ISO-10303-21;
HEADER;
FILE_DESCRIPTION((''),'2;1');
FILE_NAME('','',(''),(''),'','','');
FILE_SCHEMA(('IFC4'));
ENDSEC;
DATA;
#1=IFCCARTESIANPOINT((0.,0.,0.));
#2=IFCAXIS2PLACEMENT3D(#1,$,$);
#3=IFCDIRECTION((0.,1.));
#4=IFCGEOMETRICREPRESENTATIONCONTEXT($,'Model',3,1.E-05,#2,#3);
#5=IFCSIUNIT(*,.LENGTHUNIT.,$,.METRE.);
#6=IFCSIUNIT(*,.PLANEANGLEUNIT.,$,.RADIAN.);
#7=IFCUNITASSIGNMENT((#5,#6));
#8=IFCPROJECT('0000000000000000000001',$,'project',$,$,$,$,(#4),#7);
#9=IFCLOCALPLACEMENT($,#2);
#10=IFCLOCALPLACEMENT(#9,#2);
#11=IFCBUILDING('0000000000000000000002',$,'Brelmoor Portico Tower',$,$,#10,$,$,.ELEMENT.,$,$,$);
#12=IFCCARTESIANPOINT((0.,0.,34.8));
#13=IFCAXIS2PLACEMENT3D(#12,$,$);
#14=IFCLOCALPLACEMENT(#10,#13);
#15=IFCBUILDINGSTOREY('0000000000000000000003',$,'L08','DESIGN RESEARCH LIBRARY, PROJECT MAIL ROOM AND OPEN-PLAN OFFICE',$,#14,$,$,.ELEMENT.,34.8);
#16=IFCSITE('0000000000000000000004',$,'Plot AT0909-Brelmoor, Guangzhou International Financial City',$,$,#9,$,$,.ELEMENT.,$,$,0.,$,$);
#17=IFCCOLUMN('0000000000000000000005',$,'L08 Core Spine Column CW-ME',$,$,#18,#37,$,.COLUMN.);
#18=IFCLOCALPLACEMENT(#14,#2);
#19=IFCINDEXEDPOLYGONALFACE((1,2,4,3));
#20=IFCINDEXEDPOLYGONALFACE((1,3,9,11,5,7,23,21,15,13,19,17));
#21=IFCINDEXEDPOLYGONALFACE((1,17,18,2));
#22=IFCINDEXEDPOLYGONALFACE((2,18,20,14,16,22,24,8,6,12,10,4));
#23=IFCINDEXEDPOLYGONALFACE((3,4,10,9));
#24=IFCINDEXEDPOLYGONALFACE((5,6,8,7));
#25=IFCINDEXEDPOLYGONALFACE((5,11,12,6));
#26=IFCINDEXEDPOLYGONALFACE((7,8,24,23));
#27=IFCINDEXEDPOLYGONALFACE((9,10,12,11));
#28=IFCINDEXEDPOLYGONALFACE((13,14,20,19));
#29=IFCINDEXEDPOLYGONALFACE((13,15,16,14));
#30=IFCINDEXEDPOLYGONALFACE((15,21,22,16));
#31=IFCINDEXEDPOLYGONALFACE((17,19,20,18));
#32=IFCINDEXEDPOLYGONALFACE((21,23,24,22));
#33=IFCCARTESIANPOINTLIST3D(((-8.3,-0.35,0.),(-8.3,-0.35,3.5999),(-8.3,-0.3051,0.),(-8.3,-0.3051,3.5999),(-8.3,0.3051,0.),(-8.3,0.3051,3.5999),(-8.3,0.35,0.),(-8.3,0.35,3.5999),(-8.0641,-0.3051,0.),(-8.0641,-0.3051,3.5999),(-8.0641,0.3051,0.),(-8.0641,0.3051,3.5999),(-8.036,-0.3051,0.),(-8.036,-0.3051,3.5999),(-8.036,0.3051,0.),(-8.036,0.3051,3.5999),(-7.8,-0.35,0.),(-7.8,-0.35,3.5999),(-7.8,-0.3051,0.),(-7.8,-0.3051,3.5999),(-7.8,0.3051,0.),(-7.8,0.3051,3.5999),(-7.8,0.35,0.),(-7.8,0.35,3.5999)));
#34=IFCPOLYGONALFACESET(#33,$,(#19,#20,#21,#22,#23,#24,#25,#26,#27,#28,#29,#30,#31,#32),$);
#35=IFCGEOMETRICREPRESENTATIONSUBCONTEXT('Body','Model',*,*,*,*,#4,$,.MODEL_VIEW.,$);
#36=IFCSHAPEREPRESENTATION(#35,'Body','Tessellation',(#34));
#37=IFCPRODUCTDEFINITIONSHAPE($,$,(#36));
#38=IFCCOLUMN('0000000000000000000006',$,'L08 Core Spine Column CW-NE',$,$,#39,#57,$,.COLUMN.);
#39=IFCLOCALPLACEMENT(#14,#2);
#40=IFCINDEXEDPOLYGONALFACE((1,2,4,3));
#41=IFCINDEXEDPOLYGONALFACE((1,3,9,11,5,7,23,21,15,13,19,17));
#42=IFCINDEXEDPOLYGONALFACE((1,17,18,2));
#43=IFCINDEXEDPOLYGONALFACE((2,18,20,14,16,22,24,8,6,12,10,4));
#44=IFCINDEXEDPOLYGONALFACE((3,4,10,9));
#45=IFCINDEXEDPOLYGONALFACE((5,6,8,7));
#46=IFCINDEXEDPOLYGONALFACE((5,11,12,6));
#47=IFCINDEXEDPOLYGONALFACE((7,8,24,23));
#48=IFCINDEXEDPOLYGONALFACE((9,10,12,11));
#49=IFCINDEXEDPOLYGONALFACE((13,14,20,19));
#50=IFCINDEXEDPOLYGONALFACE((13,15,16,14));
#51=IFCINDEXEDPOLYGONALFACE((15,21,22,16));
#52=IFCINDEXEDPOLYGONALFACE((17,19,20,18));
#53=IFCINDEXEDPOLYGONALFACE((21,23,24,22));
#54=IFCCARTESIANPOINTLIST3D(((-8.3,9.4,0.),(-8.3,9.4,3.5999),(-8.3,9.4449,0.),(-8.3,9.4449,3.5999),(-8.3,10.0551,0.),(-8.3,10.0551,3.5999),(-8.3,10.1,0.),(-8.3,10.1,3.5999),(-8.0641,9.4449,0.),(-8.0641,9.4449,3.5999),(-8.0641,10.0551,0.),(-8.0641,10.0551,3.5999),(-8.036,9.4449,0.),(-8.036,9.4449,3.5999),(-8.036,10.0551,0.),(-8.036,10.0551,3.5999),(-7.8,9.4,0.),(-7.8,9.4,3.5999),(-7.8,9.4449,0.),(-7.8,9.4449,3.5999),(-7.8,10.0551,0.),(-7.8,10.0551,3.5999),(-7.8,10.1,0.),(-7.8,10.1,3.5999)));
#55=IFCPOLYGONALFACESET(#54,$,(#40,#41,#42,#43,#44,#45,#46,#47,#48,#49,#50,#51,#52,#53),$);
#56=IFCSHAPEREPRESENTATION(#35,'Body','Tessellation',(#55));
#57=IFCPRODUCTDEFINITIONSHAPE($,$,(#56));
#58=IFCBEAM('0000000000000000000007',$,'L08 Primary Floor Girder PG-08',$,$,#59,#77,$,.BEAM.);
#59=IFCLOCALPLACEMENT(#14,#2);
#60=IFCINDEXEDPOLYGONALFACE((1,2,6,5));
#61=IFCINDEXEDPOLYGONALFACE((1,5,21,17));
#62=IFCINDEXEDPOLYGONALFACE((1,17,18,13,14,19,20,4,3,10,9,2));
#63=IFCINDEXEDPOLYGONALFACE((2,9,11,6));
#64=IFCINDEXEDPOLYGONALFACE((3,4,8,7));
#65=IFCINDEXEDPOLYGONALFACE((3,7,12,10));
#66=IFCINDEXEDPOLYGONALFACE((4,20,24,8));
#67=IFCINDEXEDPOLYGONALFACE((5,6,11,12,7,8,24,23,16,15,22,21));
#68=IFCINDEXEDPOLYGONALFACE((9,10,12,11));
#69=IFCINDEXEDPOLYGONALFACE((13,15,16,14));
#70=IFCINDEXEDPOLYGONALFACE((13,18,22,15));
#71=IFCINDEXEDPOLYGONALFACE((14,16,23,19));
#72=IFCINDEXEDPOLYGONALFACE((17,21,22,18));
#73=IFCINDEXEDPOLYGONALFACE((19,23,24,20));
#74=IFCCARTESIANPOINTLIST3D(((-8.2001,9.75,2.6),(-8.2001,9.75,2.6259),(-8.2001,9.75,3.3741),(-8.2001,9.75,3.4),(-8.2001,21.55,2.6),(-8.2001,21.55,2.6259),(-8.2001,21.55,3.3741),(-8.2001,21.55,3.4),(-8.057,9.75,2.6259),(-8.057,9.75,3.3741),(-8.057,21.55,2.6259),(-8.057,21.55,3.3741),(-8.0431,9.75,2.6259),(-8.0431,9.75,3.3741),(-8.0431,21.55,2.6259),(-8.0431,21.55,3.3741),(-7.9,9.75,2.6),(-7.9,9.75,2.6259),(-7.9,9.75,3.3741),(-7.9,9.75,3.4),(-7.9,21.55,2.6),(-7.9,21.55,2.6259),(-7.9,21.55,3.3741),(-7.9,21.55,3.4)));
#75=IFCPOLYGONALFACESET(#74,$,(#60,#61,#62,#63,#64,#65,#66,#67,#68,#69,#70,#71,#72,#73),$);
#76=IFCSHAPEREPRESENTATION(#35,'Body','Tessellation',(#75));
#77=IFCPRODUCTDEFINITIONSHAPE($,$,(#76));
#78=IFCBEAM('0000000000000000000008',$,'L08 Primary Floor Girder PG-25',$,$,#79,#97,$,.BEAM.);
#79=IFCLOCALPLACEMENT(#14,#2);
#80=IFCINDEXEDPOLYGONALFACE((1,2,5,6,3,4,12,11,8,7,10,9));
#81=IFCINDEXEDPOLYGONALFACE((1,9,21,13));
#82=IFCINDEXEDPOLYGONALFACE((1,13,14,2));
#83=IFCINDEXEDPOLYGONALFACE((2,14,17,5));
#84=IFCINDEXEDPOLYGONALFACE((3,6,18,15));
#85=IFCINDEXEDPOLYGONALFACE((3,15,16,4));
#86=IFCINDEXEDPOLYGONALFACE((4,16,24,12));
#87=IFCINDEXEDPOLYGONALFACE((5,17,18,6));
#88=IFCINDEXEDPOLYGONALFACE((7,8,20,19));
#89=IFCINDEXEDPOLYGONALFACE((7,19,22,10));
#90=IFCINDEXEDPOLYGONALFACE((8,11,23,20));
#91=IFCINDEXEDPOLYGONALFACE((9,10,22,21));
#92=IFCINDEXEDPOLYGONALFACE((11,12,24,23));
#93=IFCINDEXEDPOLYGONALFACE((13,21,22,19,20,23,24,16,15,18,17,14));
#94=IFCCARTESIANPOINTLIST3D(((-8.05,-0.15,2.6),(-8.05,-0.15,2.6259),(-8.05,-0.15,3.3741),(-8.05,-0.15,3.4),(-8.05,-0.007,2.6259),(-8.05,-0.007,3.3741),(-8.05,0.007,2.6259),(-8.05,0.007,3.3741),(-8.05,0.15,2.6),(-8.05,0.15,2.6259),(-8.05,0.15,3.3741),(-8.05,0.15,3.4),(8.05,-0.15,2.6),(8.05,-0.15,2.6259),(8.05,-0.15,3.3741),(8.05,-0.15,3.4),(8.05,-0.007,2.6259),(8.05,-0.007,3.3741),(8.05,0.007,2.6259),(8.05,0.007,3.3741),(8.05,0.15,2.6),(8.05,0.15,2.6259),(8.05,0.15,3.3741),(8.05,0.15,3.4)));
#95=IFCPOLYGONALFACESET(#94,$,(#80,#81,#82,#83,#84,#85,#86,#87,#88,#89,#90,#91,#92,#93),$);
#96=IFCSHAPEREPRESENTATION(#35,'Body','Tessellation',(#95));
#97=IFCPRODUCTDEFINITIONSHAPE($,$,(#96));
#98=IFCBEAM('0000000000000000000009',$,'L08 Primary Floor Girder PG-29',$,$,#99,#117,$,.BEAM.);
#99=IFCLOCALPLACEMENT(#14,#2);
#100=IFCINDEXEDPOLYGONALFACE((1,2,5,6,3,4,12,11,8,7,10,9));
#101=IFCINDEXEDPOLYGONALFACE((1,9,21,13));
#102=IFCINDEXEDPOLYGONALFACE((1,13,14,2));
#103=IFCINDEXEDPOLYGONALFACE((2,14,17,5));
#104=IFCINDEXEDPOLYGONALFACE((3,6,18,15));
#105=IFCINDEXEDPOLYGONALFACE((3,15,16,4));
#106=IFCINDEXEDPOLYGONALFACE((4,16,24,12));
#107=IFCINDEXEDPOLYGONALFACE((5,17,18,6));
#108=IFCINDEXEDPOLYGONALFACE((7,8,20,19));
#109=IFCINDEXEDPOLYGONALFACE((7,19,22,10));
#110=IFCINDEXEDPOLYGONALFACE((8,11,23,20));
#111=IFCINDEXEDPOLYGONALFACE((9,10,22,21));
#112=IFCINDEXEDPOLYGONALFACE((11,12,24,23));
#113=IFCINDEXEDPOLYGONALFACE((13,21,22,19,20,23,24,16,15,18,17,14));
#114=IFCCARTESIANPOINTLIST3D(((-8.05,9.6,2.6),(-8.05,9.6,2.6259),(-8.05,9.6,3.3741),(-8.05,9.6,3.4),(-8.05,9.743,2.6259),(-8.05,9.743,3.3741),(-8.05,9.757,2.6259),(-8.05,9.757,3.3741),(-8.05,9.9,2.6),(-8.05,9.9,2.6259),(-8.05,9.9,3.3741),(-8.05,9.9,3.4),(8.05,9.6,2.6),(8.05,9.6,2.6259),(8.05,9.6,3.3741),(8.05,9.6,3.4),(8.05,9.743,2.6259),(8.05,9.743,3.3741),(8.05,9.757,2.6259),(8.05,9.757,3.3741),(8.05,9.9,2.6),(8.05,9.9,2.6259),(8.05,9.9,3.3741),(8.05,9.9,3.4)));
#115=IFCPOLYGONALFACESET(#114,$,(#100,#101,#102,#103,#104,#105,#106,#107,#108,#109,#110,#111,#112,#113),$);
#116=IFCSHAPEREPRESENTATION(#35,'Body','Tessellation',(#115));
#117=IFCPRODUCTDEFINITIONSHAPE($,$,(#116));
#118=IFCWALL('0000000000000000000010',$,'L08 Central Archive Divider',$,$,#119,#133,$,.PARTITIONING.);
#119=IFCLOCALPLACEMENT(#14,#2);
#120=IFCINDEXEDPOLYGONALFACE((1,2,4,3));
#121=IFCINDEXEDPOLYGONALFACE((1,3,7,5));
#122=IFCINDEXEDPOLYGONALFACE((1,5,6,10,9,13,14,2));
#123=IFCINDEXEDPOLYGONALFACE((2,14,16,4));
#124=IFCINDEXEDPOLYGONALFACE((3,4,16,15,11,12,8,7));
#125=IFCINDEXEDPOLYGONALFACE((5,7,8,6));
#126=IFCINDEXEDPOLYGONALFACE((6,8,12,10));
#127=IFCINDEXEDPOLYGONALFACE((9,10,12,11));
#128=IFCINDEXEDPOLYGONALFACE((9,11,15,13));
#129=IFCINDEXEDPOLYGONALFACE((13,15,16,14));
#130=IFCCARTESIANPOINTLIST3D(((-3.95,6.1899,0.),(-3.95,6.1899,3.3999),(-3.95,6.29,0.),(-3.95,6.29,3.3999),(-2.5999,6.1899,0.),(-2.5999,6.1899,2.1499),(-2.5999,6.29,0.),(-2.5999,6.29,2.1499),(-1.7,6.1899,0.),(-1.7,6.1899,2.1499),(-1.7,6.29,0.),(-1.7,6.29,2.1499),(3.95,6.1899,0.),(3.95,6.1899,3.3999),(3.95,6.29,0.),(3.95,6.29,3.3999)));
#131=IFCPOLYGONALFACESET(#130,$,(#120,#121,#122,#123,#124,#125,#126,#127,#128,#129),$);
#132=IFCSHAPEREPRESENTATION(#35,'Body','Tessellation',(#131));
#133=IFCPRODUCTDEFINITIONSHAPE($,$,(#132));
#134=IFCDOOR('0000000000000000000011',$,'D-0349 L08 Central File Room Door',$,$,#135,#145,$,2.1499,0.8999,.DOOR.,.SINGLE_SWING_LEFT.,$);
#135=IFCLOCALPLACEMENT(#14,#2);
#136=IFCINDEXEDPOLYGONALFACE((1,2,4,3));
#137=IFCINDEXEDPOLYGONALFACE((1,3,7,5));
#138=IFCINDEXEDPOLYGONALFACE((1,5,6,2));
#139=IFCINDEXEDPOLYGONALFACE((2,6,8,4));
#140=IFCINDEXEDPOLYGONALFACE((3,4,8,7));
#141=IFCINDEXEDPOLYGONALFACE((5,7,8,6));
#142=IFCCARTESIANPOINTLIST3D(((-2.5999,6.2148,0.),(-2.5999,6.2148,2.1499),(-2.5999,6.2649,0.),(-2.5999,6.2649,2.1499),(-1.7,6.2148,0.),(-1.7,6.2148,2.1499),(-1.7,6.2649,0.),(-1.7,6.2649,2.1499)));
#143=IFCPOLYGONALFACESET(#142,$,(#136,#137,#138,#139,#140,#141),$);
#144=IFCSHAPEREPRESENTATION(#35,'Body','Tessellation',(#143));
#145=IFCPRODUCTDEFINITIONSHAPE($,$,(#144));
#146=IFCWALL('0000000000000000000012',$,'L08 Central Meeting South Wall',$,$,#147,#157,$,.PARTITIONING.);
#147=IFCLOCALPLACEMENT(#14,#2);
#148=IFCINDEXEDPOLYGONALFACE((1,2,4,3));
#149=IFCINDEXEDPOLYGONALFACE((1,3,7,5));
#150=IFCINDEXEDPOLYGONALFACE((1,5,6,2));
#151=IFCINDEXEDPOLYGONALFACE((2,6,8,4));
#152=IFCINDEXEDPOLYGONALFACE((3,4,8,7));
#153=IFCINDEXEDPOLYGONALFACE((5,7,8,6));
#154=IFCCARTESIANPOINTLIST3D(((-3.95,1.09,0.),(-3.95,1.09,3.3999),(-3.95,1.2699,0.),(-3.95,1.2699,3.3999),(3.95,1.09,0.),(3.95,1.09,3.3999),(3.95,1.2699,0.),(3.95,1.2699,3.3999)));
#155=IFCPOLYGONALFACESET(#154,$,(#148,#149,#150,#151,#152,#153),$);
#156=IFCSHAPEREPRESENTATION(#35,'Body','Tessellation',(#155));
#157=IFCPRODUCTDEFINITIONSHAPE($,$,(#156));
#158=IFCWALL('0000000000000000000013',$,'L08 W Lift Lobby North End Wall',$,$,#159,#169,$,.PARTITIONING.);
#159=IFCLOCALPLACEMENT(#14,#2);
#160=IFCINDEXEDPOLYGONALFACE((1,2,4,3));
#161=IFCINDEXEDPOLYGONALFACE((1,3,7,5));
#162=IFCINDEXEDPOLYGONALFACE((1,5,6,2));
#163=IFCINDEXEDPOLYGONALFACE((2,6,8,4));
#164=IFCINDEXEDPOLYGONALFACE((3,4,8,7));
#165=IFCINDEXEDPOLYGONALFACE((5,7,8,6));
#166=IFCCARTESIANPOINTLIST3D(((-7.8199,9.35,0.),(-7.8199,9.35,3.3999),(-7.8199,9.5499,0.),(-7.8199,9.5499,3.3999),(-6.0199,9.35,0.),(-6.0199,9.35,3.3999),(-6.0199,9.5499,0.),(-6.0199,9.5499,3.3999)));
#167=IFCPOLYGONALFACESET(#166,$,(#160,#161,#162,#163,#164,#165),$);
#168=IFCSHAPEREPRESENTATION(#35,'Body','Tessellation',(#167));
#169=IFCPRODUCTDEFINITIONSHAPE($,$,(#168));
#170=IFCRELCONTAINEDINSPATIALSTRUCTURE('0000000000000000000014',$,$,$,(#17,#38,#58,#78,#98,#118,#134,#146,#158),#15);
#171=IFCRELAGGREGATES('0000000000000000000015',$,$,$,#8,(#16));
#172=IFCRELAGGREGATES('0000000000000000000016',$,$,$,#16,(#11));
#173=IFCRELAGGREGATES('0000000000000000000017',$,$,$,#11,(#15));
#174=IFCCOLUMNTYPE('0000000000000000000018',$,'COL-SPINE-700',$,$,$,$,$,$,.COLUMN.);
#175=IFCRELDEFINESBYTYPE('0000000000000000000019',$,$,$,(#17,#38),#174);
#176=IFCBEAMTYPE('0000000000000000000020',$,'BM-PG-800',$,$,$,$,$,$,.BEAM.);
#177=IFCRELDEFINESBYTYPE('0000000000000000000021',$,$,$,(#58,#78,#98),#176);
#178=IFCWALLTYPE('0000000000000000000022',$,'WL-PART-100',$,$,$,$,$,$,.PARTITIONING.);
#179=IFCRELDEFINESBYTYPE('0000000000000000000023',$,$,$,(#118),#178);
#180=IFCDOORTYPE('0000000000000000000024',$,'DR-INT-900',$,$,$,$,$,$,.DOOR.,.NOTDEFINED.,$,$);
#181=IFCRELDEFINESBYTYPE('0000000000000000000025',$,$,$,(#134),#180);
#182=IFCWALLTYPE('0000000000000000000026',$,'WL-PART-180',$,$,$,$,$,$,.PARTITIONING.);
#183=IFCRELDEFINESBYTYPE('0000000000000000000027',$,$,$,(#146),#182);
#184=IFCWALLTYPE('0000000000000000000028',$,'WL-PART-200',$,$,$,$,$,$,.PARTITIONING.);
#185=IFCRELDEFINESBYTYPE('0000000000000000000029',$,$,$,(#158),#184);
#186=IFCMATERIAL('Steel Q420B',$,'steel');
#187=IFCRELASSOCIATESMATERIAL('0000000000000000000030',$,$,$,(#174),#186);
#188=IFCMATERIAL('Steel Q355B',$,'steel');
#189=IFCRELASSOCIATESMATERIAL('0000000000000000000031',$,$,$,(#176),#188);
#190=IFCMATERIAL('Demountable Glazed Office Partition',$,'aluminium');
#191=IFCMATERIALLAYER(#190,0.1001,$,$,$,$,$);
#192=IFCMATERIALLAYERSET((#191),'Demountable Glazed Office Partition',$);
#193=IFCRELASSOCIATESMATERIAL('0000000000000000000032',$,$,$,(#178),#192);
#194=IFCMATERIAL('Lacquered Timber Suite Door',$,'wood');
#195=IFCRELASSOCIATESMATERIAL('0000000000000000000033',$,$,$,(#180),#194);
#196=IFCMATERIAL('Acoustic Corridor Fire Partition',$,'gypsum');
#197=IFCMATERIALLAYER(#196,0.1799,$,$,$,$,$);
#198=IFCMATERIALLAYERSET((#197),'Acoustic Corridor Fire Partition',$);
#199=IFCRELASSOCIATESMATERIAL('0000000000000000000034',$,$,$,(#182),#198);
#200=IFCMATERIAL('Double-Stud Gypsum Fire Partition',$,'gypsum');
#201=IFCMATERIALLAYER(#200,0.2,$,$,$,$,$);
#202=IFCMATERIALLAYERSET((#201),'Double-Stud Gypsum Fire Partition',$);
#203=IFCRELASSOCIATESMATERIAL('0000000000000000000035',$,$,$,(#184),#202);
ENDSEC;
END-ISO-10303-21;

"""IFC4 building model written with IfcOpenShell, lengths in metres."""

from ifc_helpers import new_model, si_unit, direction, frame, frame_2d, origin, origin_2d, place, context, subcontext, project, spatial, rectangle, i_section, extrude, material, layer, layer_set, material_profile, profile_set, type_object, element, fill, save


model = new_model("IFC4")

# Units and contexts
model_context = context("Model", 3, precision=1e-05, world=origin(), true_north=direction((0.0, 1.0)))
body_context = subcontext(model_context, "Body", "Model", "MODEL_VIEW")
ifc_project = project(units=[si_unit("LENGTHUNIT", "METRE"), si_unit("PLANEANGLEUNIT", "RADIAN")], contexts=[model_context])

# Site, building, storey
site_placement = place(None, origin())
site = spatial("IfcSite", under=ifc_project, at=site_placement, Name="Plot AT0909-Brelmoor, Guangzhou International Financial City", CompositionType="ELEMENT", RefElevation=0.0)
building_placement = place(site_placement, origin())
building = spatial("IfcBuilding", under=site, at=building_placement, Name="Brelmoor Portico Tower", CompositionType="ELEMENT")
storey_placement = place(building_placement, frame((0.0, 0.0, 34.8)))
storey = spatial("IfcBuildingStorey", under=building, at=storey_placement, Name="L08", Description="DESIGN RESEARCH LIBRARY, PROJECT MAIL ROOM AND OPEN-PLAN OFFICE", CompositionType="ELEMENT", Elevation=34.8)

# Columns
ifc_material_1 = material(Name="Steel Q420B", Category="steel")
ifc_material_profile_1 = material_profile(ifc_material_1, i_section(OverallWidth=0.5, OverallDepth=0.7, WebThickness=0.0281, FlangeThickness=0.0449, at=origin_2d()), Name="HW 700x500x28x45")
ifc_profile_set_1 = profile_set([ifc_material_profile_1], Name="Steel Q420B")
column_type = type_object("IfcColumnType", Name="COL-SPINE-700", PredefinedType="COLUMN", material=ifc_profile_set_1)
for number, where, z_axis, x_axis, name in (
    (1, (-8.05, 0.0, 0.0), (0.0, 0.0, 1.0), (1.0, 0.0, 0.0), "L08 Core Spine Column CW-ME"),
    (2, (-8.05, 9.75, 0.0), (0.0, 0.0, 1.0), (1.0, 0.0, 0.0), "L08 Core Spine Column CW-NE"),
):
    element("IfcColumn", number, at=place(storey_placement, frame(where, z_axis=z_axis, x_axis=x_axis)), inside=storey, type_object=column_type, Name=name, PredefinedType="COLUMN", context=body_context, shape_type="SweptSolid", body=[
        extrude(i_section(OverallWidth=0.5, OverallDepth=0.7, WebThickness=0.0281, FlangeThickness=0.0449, at=origin_2d()), origin(), (0.0, 0.0, 1.0), 3.5999),
    ])

# Beams
ifc_material_2 = material(Name="Steel Q355B", Category="steel")
ifc_material_profile_2 = material_profile(ifc_material_2, i_section(OverallWidth=0.3, OverallDepth=0.8, WebThickness=0.0139, FlangeThickness=0.0259, at=origin_2d()), Name="HN 800x300x14x26")
ifc_profile_set_2 = profile_set([ifc_material_profile_2], Name="Steel Q355B")
beam_type = type_object("IfcBeamType", Name="BM-PG-800", PredefinedType="BEAM", material=ifc_profile_set_2)
beam_placement = place(storey_placement, frame((-8.05, 9.75, 3.0), z_axis=(0.0, 1.0, 0.0), x_axis=(-1.0, 0.0, 0.0)))
element("IfcBeam", 3, at=beam_placement, inside=storey, type_object=beam_type, Name="L08 Primary Floor Girder PG-08", PredefinedType="BEAM", context=body_context, shape_type="SweptSolid", body=[
    extrude(i_section(OverallWidth=0.3, OverallDepth=0.8, WebThickness=0.0139, FlangeThickness=0.0259, at=origin_2d()), origin(), (0.0, 0.0, 1.0), 11.8),
])
for number, where, z_axis, x_axis, name in (
    (4, (-8.05, 0.0, 3.0), (1.0, 0.0, 0.0), (0.0, 1.0, 0.0), "L08 Primary Floor Girder PG-25"),
    (5, (-8.05, 9.75, 3.0), (1.0, 0.0, 0.0), (0.0, 1.0, 0.0), "L08 Primary Floor Girder PG-29"),
):
    element("IfcBeam", number, at=place(storey_placement, frame(where, z_axis=z_axis, x_axis=x_axis)), inside=storey, type_object=beam_type, Name=name, PredefinedType="BEAM", context=body_context, shape_type="SweptSolid", body=[
        extrude(i_section(OverallWidth=0.3, OverallDepth=0.8, WebThickness=0.0139, FlangeThickness=0.0259, at=origin_2d()), origin(), (0.0, 0.0, 1.0), 16.1001),
    ])

# Wall, opening, door
ifc_material_3 = material(Name="Demountable Glazed Office Partition", Category="aluminium")
ifc_layer_1 = layer(ifc_material_3, 0.1001)
ifc_layer_set_1 = layer_set([ifc_layer_1], Name="Demountable Glazed Office Partition")
wall_type_1 = type_object("IfcWallType", Name="WL-PART-100", PredefinedType="PARTITIONING", material=ifc_layer_set_1)
wall_1_placement = place(storey_placement, frame((-3.95, 6.24, 0.0), z_axis=(0.0, 0.0, 1.0), x_axis=(1.0, 0.0, 0.0)))
wall_1 = element("IfcWall", 6, at=wall_1_placement, inside=storey, type_object=wall_type_1, Name="L08 Central Archive Divider", PredefinedType="PARTITIONING", context=body_context, shape_type="SweptSolid", body=[
    extrude(rectangle(XDim=7.8999, YDim=0.1001, at=frame_2d((3.95, 0.0))), origin(), (0.0, 0.0, 1.0), 3.3999),
])
opening_1_placement = place(wall_1_placement, frame((1.3501, 0.0, 0.0)))
opening_1 = element("IfcOpeningElement", 7, at=opening_1_placement, cuts=wall_1, PredefinedType="OPENING", context=body_context, shape_type="SweptSolid", body=[
    extrude(rectangle(XDim=0.8999, YDim=2.1499, at=frame_2d((0.45, 1.075))), frame((0.0, 0.0601, 0.0), z_axis=(0.0, -1.0, 0.0), x_axis=(1.0, 0.0, 0.0)), (0.0, 0.0, 1.0), 0.1201),
])
ifc_material_4 = material(Name="Lacquered Timber Suite Door", Category="wood")
door_type_1 = type_object("IfcDoorType", Name="DR-INT-900", OperationType="NOTDEFINED", PredefinedType="DOOR", material=ifc_material_4)
door_1_placement = place(opening_1_placement, origin())
door_1 = element("IfcDoor", 8, at=door_1_placement, inside=storey, type_object=door_type_1, Name="D-0349 L08 Central File Room Door", OperationType="SINGLE_SWING_LEFT", OverallHeight=2.1499, OverallWidth=0.8999, PredefinedType="DOOR", context=body_context, shape_type="SweptSolid", body=[
    extrude(rectangle(XDim=0.8999, YDim=2.1499, at=frame_2d((0.45, 1.075))), frame((0.0, 0.0249, 0.0), z_axis=(0.0, -1.0, 0.0), x_axis=(1.0, 0.0, 0.0)), (0.0, 0.0, 1.0), 0.05),
])
fill(opening_1, door_1)

# Walls
ifc_material_5 = material(Name="Acoustic Corridor Fire Partition", Category="gypsum")
ifc_layer_2 = layer(ifc_material_5, 0.1799)
ifc_layer_set_2 = layer_set([ifc_layer_2], Name="Acoustic Corridor Fire Partition")
wall_type_2 = type_object("IfcWallType", Name="WL-PART-180", PredefinedType="PARTITIONING", material=ifc_layer_set_2)
wall_2_placement = place(storey_placement, frame((-3.95, 1.1799, 0.0), z_axis=(0.0, 0.0, 1.0), x_axis=(1.0, 0.0, 0.0)))
element("IfcWall", 9, at=wall_2_placement, inside=storey, type_object=wall_type_2, Name="L08 Central Meeting South Wall", PredefinedType="PARTITIONING", context=body_context, shape_type="SweptSolid", body=[
    extrude(rectangle(XDim=7.8999, YDim=0.1799, at=frame_2d((3.95, 0.0))), origin(), (0.0, 0.0, 1.0), 3.3999),
])
ifc_material_6 = material(Name="Double-Stud Gypsum Fire Partition", Category="gypsum")
ifc_layer_3 = layer(ifc_material_6, 0.2)
ifc_layer_set_3 = layer_set([ifc_layer_3], Name="Double-Stud Gypsum Fire Partition")
wall_type_3 = type_object("IfcWallType", Name="WL-PART-200", PredefinedType="PARTITIONING", material=ifc_layer_set_3)
wall_3_placement = place(storey_placement, frame((-6.02, 9.45, 0.0), z_axis=(0.0, 0.0, 1.0), x_axis=(-1.0, 0.0, 0.0)))
element("IfcWall", 10, at=wall_3_placement, inside=storey, type_object=wall_type_3, Name="L08 W Lift Lobby North End Wall", PredefinedType="PARTITIONING", context=body_context, shape_type="SweptSolid", body=[
    extrude(rectangle(XDim=1.8, YDim=0.2, at=frame_2d((0.8999, 0.0))), origin(), (0.0, 0.0, 1.0), 3.3999),
])

save(model, "model.ifc")
